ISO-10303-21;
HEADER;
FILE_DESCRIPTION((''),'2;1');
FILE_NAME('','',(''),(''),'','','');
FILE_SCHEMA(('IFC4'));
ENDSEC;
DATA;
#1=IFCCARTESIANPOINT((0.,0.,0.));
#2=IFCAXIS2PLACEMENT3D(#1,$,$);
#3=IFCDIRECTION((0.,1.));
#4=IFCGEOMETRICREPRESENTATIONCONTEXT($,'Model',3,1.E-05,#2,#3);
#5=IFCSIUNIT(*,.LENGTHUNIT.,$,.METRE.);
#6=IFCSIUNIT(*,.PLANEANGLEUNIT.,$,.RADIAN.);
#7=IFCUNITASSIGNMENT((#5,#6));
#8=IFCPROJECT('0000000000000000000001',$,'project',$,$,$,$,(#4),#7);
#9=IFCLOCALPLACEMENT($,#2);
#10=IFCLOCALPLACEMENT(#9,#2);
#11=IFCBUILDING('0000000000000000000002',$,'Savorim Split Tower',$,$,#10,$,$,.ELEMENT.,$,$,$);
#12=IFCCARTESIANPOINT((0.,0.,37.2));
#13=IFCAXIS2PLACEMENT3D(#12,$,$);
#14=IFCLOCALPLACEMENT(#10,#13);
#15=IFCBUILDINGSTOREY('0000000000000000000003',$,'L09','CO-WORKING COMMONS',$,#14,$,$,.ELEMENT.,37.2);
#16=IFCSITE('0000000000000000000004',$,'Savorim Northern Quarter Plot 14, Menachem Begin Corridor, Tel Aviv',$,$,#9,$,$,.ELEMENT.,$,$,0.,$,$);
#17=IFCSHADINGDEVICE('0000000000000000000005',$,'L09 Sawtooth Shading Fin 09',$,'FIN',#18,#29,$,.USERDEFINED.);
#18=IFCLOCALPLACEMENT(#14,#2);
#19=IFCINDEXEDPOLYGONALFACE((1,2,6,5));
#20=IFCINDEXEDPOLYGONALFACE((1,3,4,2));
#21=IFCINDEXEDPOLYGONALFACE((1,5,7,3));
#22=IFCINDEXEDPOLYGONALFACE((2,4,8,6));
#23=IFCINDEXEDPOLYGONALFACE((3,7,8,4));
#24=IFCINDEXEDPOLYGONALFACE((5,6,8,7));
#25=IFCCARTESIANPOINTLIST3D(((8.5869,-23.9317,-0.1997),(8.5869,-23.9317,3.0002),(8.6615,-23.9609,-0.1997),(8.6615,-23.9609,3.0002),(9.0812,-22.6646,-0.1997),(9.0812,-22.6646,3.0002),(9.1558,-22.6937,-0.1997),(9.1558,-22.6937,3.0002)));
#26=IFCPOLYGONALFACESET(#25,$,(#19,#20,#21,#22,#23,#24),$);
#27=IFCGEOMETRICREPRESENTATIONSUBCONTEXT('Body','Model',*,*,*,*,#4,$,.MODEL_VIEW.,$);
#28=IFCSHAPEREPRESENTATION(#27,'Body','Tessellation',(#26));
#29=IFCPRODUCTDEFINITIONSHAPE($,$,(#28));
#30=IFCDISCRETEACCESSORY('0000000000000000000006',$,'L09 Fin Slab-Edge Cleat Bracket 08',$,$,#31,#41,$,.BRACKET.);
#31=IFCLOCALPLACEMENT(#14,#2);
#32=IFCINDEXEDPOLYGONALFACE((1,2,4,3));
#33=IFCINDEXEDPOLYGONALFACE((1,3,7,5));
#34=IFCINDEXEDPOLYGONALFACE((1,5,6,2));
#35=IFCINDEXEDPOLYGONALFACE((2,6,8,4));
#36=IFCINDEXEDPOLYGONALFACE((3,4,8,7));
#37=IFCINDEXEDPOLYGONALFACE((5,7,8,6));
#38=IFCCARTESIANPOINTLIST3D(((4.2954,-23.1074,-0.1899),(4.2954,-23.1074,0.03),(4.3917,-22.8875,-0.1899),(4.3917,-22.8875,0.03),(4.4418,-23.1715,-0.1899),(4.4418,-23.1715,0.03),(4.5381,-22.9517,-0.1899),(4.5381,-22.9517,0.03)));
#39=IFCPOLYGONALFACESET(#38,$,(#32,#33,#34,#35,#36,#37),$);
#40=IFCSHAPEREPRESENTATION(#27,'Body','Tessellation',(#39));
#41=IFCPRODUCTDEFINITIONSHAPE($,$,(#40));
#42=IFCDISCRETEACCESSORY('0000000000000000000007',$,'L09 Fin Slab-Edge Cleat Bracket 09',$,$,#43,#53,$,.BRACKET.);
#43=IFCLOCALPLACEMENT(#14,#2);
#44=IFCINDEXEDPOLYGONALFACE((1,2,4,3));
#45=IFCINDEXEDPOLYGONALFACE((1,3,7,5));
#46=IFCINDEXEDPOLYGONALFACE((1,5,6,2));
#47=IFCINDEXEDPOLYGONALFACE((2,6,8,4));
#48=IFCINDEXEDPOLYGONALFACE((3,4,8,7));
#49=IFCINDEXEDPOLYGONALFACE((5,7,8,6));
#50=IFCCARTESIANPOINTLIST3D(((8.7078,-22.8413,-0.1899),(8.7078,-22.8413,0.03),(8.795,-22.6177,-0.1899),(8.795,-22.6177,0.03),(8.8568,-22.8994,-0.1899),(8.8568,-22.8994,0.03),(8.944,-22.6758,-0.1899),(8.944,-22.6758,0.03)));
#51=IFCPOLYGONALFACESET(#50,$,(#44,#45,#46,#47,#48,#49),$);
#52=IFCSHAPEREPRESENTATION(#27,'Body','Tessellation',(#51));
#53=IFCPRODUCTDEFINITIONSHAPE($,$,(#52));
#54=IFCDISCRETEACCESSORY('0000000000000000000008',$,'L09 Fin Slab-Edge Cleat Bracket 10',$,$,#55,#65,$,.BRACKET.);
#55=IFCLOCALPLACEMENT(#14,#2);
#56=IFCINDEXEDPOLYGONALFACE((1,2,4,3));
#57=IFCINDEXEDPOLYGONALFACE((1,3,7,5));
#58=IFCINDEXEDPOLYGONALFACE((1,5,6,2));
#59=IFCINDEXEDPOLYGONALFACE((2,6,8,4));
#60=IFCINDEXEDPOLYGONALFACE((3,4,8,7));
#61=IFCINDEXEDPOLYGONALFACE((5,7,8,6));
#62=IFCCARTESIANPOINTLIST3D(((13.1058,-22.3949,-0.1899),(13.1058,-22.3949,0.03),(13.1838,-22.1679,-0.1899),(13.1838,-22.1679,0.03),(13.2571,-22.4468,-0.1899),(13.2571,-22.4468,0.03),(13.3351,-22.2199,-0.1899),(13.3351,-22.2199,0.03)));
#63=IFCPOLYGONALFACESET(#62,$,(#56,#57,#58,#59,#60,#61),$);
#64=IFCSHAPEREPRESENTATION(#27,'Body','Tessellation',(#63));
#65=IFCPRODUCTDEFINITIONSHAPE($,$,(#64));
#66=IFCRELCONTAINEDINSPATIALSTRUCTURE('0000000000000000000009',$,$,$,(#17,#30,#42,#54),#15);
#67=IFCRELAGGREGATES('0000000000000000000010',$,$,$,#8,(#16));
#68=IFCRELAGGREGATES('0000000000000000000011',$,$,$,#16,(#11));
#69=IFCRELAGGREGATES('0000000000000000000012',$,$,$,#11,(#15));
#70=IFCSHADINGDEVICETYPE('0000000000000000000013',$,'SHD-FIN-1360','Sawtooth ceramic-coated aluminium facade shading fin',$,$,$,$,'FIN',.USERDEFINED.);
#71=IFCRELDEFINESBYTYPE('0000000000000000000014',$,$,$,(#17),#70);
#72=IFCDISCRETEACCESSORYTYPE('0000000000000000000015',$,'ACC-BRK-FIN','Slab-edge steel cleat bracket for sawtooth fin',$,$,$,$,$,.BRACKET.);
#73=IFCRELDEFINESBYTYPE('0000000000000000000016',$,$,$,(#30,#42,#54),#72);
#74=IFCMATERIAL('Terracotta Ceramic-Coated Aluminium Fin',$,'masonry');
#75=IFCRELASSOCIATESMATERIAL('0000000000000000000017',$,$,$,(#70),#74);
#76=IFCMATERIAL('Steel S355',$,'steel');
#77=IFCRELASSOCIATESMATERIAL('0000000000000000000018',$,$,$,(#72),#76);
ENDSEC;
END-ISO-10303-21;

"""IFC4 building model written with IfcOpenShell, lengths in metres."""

from ifc_helpers import new_model, si_unit, direction, frame, origin, origin_2d, place, context, subcontext, project, spatial, rectangle, extrude, material, type_object, element, save


model = new_model("IFC4")

# Units and contexts
model_context = context("Model", 3, precision=1e-05, world=origin(), true_north=direction((0.0, 1.0)))
body_context = subcontext(model_context, "Body", "Model", "MODEL_VIEW")
ifc_project = project(units=[si_unit("LENGTHUNIT", "METRE"), si_unit("PLANEANGLEUNIT", "RADIAN")], contexts=[model_context])

# Site, building, storey
site_placement = place(None, origin())
site = spatial("IfcSite", under=ifc_project, at=site_placement, Name="Savorim Northern Quarter Plot 14, Menachem Begin Corridor, Tel Aviv", CompositionType="ELEMENT", RefElevation=0.0)
building_placement = place(site_placement, origin())
building = spatial("IfcBuilding", under=site, at=building_placement, Name="Savorim Split Tower", CompositionType="ELEMENT")
storey_placement = place(building_placement, frame((0.0, 0.0, 37.2)))
storey = spatial("IfcBuildingStorey", under=building, at=storey_placement, Name="L09", Description="CO-WORKING COMMONS", CompositionType="ELEMENT", Elevation=37.2)

# Shared definitions
ifc_material_1 = material(Name="Steel S355", Category="steel")

# Shading device
ifc_material_2 = material(Name="Terracotta Ceramic-Coated Aluminium Fin", Category="masonry")
shading_device_type = type_object("IfcShadingDeviceType", Name="SHD-FIN-1360", Description="Sawtooth ceramic-coated aluminium facade shading fin", ElementType="FIN", PredefinedType="USERDEFINED", material=ifc_material_2)
for number, where, z_axis, x_axis, name in (
    (1, (8.8713, -23.3127, -0.1997), (0.0, 0.0, 1.0), (-0.363415, -0.931627, 0.0), "L09 Sawtooth Shading Fin 09"),
):
    element("IfcShadingDevice", number, at=place(storey_placement, frame(where, z_axis=z_axis, x_axis=x_axis)), inside=storey, type_object=shading_device_type, Name=name, ObjectType="FIN", PredefinedType="USERDEFINED", context=body_context, shape_type="SweptSolid", body=[
        extrude(rectangle(XDim=1.3601, YDim=0.0801, at=origin_2d()), origin(), (0.0, 0.0, 1.0), 3.2),
    ])

# Discrete accessories
discrete_accessory_type = type_object("IfcDiscreteAccessoryType", Name="ACC-BRK-FIN", Description="Slab-edge steel cleat bracket for sawtooth fin", PredefinedType="BRACKET", material=ifc_material_1)
for number, where, z_axis, x_axis, name in (
    (2, (4.4167, -23.0295, -0.1899), (0.0, 0.0, 1.0), (-0.40123, -0.915977, 0.0), "L09 Fin Slab-Edge Cleat Bracket 08"),
    (3, (8.8259, -22.7585, -0.1899), (0.0, 0.0, 1.0), (-0.363415, -0.931627, 0.0), "L09 Fin Slab-Edge Cleat Bracket 09"),
    (4, (13.2205, -22.3074, -0.1899), (0.0, 0.0, 1.0), (-0.324994, -0.945716, 0.0), "L09 Fin Slab-Edge Cleat Bracket 10"),
):
    element("IfcDiscreteAccessory", number, at=place(storey_placement, frame(where, z_axis=z_axis, x_axis=x_axis)), inside=storey, type_object=discrete_accessory_type, Name=name, PredefinedType="BRACKET", context=body_context, shape_type="SweptSolid", body=[
        extrude(rectangle(XDim=0.24, YDim=0.1599, at=origin_2d()), origin(), (0.0, 0.0, 1.0), 0.22),
    ])

save(model, "model.ifc")
